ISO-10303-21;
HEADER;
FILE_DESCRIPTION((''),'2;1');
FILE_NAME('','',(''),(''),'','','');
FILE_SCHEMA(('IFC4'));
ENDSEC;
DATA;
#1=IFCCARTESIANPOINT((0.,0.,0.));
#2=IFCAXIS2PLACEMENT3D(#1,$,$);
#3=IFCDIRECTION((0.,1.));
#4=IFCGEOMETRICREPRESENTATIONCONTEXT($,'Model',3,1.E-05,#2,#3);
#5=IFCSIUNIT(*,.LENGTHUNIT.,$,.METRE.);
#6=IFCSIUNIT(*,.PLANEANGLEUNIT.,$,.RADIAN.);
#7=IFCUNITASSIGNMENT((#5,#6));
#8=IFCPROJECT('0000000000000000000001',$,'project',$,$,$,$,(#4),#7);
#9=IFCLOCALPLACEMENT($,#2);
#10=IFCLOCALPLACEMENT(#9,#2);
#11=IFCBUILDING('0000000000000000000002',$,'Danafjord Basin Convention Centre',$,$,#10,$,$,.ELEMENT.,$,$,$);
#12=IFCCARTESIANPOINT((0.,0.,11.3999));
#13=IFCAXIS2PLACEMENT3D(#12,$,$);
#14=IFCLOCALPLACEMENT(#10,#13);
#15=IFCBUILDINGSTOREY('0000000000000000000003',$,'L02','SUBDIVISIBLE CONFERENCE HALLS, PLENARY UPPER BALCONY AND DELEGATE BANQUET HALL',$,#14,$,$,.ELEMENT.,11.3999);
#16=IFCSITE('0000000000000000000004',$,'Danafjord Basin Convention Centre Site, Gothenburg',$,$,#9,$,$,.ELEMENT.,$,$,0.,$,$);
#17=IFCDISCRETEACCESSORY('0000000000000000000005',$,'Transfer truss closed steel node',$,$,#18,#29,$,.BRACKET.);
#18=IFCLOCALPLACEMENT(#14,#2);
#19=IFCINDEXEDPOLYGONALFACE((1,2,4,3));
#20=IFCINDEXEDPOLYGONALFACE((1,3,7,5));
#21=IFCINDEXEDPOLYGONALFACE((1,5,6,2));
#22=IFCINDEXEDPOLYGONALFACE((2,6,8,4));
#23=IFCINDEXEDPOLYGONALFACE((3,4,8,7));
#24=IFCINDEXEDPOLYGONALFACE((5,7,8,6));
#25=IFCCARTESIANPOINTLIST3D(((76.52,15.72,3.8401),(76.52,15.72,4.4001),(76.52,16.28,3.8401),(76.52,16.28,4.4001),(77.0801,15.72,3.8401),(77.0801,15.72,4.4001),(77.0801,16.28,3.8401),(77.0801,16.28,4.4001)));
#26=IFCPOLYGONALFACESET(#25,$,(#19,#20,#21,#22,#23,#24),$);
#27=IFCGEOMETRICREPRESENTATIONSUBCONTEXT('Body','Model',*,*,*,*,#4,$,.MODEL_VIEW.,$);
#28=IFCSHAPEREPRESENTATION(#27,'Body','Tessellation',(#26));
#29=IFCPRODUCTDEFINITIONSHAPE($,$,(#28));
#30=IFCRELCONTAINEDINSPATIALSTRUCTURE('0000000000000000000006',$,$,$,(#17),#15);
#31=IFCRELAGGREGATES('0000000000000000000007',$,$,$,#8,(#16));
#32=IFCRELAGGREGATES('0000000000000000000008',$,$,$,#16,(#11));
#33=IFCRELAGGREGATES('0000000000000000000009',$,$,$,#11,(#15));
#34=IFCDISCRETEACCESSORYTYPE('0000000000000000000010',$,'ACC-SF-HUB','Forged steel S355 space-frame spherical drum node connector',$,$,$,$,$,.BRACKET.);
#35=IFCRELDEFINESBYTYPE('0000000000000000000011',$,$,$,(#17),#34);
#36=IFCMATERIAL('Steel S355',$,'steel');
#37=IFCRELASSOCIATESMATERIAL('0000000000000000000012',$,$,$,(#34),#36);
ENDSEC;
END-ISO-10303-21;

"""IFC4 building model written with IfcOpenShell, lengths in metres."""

from ifc_helpers import new_model, si_unit, direction, frame, origin, origin_2d, place, context, subcontext, project, spatial, rectangle, extrude, material, type_object, element, save


model = new_model("IFC4")

# Units and contexts
model_context = context("Model", 3, precision=1e-05, world=origin(), true_north=direction((0.0, 1.0)))
body_context = subcontext(model_context, "Body", "Model", "MODEL_VIEW")
ifc_project = project(units=[si_unit("LENGTHUNIT", "METRE"), si_unit("PLANEANGLEUNIT", "RADIAN")], contexts=[model_context])

# Site, building, storey
site_placement = place(None, origin())
site = spatial("IfcSite", under=ifc_project, at=site_placement, Name="Danafjord Basin Convention Centre Site, Gothenburg", CompositionType="ELEMENT", RefElevation=0.0)
building_placement = place(site_placement, origin())
building = spatial("IfcBuilding", under=site, at=building_placement, Name="Danafjord Basin Convention Centre", CompositionType="ELEMENT")
storey_placement = place(building_placement, frame((0.0, 0.0, 11.3999)))
storey = spatial("IfcBuildingStorey", under=building, at=storey_placement, Name="L02", Description="SUBDIVISIBLE CONFERENCE HALLS, PLENARY UPPER BALCONY AND DELEGATE BANQUET HALL", CompositionType="ELEMENT", Elevation=11.3999)

# Shared definitions
ifc_material_1 = material(Name="Steel S355", Category="steel")

# Discrete accessory
discrete_accessory_type = type_object("IfcDiscreteAccessoryType", Name="ACC-SF-HUB", Description="Forged steel S355 space-frame spherical drum node connector", PredefinedType="BRACKET", material=ifc_material_1)
for number, where, z_axis, x_axis, name in (
    (1, (76.8, 16.0, 3.8401), (0.0, 0.0, 1.0), (1.0, 0.0, 0.0), "Transfer truss closed steel node"),
):
    element("IfcDiscreteAccessory", number, at=place(storey_placement, frame(where, z_axis=z_axis, x_axis=x_axis)), inside=storey, type_object=discrete_accessory_type, Name=name, PredefinedType="BRACKET", context=body_context, shape_type="SweptSolid", body=[
        extrude(rectangle(XDim=0.5601, YDim=0.5601, at=origin_2d()), origin(), (0.0, 0.0, 1.0), 0.5601),
    ])

save(model, "model.ifc")
